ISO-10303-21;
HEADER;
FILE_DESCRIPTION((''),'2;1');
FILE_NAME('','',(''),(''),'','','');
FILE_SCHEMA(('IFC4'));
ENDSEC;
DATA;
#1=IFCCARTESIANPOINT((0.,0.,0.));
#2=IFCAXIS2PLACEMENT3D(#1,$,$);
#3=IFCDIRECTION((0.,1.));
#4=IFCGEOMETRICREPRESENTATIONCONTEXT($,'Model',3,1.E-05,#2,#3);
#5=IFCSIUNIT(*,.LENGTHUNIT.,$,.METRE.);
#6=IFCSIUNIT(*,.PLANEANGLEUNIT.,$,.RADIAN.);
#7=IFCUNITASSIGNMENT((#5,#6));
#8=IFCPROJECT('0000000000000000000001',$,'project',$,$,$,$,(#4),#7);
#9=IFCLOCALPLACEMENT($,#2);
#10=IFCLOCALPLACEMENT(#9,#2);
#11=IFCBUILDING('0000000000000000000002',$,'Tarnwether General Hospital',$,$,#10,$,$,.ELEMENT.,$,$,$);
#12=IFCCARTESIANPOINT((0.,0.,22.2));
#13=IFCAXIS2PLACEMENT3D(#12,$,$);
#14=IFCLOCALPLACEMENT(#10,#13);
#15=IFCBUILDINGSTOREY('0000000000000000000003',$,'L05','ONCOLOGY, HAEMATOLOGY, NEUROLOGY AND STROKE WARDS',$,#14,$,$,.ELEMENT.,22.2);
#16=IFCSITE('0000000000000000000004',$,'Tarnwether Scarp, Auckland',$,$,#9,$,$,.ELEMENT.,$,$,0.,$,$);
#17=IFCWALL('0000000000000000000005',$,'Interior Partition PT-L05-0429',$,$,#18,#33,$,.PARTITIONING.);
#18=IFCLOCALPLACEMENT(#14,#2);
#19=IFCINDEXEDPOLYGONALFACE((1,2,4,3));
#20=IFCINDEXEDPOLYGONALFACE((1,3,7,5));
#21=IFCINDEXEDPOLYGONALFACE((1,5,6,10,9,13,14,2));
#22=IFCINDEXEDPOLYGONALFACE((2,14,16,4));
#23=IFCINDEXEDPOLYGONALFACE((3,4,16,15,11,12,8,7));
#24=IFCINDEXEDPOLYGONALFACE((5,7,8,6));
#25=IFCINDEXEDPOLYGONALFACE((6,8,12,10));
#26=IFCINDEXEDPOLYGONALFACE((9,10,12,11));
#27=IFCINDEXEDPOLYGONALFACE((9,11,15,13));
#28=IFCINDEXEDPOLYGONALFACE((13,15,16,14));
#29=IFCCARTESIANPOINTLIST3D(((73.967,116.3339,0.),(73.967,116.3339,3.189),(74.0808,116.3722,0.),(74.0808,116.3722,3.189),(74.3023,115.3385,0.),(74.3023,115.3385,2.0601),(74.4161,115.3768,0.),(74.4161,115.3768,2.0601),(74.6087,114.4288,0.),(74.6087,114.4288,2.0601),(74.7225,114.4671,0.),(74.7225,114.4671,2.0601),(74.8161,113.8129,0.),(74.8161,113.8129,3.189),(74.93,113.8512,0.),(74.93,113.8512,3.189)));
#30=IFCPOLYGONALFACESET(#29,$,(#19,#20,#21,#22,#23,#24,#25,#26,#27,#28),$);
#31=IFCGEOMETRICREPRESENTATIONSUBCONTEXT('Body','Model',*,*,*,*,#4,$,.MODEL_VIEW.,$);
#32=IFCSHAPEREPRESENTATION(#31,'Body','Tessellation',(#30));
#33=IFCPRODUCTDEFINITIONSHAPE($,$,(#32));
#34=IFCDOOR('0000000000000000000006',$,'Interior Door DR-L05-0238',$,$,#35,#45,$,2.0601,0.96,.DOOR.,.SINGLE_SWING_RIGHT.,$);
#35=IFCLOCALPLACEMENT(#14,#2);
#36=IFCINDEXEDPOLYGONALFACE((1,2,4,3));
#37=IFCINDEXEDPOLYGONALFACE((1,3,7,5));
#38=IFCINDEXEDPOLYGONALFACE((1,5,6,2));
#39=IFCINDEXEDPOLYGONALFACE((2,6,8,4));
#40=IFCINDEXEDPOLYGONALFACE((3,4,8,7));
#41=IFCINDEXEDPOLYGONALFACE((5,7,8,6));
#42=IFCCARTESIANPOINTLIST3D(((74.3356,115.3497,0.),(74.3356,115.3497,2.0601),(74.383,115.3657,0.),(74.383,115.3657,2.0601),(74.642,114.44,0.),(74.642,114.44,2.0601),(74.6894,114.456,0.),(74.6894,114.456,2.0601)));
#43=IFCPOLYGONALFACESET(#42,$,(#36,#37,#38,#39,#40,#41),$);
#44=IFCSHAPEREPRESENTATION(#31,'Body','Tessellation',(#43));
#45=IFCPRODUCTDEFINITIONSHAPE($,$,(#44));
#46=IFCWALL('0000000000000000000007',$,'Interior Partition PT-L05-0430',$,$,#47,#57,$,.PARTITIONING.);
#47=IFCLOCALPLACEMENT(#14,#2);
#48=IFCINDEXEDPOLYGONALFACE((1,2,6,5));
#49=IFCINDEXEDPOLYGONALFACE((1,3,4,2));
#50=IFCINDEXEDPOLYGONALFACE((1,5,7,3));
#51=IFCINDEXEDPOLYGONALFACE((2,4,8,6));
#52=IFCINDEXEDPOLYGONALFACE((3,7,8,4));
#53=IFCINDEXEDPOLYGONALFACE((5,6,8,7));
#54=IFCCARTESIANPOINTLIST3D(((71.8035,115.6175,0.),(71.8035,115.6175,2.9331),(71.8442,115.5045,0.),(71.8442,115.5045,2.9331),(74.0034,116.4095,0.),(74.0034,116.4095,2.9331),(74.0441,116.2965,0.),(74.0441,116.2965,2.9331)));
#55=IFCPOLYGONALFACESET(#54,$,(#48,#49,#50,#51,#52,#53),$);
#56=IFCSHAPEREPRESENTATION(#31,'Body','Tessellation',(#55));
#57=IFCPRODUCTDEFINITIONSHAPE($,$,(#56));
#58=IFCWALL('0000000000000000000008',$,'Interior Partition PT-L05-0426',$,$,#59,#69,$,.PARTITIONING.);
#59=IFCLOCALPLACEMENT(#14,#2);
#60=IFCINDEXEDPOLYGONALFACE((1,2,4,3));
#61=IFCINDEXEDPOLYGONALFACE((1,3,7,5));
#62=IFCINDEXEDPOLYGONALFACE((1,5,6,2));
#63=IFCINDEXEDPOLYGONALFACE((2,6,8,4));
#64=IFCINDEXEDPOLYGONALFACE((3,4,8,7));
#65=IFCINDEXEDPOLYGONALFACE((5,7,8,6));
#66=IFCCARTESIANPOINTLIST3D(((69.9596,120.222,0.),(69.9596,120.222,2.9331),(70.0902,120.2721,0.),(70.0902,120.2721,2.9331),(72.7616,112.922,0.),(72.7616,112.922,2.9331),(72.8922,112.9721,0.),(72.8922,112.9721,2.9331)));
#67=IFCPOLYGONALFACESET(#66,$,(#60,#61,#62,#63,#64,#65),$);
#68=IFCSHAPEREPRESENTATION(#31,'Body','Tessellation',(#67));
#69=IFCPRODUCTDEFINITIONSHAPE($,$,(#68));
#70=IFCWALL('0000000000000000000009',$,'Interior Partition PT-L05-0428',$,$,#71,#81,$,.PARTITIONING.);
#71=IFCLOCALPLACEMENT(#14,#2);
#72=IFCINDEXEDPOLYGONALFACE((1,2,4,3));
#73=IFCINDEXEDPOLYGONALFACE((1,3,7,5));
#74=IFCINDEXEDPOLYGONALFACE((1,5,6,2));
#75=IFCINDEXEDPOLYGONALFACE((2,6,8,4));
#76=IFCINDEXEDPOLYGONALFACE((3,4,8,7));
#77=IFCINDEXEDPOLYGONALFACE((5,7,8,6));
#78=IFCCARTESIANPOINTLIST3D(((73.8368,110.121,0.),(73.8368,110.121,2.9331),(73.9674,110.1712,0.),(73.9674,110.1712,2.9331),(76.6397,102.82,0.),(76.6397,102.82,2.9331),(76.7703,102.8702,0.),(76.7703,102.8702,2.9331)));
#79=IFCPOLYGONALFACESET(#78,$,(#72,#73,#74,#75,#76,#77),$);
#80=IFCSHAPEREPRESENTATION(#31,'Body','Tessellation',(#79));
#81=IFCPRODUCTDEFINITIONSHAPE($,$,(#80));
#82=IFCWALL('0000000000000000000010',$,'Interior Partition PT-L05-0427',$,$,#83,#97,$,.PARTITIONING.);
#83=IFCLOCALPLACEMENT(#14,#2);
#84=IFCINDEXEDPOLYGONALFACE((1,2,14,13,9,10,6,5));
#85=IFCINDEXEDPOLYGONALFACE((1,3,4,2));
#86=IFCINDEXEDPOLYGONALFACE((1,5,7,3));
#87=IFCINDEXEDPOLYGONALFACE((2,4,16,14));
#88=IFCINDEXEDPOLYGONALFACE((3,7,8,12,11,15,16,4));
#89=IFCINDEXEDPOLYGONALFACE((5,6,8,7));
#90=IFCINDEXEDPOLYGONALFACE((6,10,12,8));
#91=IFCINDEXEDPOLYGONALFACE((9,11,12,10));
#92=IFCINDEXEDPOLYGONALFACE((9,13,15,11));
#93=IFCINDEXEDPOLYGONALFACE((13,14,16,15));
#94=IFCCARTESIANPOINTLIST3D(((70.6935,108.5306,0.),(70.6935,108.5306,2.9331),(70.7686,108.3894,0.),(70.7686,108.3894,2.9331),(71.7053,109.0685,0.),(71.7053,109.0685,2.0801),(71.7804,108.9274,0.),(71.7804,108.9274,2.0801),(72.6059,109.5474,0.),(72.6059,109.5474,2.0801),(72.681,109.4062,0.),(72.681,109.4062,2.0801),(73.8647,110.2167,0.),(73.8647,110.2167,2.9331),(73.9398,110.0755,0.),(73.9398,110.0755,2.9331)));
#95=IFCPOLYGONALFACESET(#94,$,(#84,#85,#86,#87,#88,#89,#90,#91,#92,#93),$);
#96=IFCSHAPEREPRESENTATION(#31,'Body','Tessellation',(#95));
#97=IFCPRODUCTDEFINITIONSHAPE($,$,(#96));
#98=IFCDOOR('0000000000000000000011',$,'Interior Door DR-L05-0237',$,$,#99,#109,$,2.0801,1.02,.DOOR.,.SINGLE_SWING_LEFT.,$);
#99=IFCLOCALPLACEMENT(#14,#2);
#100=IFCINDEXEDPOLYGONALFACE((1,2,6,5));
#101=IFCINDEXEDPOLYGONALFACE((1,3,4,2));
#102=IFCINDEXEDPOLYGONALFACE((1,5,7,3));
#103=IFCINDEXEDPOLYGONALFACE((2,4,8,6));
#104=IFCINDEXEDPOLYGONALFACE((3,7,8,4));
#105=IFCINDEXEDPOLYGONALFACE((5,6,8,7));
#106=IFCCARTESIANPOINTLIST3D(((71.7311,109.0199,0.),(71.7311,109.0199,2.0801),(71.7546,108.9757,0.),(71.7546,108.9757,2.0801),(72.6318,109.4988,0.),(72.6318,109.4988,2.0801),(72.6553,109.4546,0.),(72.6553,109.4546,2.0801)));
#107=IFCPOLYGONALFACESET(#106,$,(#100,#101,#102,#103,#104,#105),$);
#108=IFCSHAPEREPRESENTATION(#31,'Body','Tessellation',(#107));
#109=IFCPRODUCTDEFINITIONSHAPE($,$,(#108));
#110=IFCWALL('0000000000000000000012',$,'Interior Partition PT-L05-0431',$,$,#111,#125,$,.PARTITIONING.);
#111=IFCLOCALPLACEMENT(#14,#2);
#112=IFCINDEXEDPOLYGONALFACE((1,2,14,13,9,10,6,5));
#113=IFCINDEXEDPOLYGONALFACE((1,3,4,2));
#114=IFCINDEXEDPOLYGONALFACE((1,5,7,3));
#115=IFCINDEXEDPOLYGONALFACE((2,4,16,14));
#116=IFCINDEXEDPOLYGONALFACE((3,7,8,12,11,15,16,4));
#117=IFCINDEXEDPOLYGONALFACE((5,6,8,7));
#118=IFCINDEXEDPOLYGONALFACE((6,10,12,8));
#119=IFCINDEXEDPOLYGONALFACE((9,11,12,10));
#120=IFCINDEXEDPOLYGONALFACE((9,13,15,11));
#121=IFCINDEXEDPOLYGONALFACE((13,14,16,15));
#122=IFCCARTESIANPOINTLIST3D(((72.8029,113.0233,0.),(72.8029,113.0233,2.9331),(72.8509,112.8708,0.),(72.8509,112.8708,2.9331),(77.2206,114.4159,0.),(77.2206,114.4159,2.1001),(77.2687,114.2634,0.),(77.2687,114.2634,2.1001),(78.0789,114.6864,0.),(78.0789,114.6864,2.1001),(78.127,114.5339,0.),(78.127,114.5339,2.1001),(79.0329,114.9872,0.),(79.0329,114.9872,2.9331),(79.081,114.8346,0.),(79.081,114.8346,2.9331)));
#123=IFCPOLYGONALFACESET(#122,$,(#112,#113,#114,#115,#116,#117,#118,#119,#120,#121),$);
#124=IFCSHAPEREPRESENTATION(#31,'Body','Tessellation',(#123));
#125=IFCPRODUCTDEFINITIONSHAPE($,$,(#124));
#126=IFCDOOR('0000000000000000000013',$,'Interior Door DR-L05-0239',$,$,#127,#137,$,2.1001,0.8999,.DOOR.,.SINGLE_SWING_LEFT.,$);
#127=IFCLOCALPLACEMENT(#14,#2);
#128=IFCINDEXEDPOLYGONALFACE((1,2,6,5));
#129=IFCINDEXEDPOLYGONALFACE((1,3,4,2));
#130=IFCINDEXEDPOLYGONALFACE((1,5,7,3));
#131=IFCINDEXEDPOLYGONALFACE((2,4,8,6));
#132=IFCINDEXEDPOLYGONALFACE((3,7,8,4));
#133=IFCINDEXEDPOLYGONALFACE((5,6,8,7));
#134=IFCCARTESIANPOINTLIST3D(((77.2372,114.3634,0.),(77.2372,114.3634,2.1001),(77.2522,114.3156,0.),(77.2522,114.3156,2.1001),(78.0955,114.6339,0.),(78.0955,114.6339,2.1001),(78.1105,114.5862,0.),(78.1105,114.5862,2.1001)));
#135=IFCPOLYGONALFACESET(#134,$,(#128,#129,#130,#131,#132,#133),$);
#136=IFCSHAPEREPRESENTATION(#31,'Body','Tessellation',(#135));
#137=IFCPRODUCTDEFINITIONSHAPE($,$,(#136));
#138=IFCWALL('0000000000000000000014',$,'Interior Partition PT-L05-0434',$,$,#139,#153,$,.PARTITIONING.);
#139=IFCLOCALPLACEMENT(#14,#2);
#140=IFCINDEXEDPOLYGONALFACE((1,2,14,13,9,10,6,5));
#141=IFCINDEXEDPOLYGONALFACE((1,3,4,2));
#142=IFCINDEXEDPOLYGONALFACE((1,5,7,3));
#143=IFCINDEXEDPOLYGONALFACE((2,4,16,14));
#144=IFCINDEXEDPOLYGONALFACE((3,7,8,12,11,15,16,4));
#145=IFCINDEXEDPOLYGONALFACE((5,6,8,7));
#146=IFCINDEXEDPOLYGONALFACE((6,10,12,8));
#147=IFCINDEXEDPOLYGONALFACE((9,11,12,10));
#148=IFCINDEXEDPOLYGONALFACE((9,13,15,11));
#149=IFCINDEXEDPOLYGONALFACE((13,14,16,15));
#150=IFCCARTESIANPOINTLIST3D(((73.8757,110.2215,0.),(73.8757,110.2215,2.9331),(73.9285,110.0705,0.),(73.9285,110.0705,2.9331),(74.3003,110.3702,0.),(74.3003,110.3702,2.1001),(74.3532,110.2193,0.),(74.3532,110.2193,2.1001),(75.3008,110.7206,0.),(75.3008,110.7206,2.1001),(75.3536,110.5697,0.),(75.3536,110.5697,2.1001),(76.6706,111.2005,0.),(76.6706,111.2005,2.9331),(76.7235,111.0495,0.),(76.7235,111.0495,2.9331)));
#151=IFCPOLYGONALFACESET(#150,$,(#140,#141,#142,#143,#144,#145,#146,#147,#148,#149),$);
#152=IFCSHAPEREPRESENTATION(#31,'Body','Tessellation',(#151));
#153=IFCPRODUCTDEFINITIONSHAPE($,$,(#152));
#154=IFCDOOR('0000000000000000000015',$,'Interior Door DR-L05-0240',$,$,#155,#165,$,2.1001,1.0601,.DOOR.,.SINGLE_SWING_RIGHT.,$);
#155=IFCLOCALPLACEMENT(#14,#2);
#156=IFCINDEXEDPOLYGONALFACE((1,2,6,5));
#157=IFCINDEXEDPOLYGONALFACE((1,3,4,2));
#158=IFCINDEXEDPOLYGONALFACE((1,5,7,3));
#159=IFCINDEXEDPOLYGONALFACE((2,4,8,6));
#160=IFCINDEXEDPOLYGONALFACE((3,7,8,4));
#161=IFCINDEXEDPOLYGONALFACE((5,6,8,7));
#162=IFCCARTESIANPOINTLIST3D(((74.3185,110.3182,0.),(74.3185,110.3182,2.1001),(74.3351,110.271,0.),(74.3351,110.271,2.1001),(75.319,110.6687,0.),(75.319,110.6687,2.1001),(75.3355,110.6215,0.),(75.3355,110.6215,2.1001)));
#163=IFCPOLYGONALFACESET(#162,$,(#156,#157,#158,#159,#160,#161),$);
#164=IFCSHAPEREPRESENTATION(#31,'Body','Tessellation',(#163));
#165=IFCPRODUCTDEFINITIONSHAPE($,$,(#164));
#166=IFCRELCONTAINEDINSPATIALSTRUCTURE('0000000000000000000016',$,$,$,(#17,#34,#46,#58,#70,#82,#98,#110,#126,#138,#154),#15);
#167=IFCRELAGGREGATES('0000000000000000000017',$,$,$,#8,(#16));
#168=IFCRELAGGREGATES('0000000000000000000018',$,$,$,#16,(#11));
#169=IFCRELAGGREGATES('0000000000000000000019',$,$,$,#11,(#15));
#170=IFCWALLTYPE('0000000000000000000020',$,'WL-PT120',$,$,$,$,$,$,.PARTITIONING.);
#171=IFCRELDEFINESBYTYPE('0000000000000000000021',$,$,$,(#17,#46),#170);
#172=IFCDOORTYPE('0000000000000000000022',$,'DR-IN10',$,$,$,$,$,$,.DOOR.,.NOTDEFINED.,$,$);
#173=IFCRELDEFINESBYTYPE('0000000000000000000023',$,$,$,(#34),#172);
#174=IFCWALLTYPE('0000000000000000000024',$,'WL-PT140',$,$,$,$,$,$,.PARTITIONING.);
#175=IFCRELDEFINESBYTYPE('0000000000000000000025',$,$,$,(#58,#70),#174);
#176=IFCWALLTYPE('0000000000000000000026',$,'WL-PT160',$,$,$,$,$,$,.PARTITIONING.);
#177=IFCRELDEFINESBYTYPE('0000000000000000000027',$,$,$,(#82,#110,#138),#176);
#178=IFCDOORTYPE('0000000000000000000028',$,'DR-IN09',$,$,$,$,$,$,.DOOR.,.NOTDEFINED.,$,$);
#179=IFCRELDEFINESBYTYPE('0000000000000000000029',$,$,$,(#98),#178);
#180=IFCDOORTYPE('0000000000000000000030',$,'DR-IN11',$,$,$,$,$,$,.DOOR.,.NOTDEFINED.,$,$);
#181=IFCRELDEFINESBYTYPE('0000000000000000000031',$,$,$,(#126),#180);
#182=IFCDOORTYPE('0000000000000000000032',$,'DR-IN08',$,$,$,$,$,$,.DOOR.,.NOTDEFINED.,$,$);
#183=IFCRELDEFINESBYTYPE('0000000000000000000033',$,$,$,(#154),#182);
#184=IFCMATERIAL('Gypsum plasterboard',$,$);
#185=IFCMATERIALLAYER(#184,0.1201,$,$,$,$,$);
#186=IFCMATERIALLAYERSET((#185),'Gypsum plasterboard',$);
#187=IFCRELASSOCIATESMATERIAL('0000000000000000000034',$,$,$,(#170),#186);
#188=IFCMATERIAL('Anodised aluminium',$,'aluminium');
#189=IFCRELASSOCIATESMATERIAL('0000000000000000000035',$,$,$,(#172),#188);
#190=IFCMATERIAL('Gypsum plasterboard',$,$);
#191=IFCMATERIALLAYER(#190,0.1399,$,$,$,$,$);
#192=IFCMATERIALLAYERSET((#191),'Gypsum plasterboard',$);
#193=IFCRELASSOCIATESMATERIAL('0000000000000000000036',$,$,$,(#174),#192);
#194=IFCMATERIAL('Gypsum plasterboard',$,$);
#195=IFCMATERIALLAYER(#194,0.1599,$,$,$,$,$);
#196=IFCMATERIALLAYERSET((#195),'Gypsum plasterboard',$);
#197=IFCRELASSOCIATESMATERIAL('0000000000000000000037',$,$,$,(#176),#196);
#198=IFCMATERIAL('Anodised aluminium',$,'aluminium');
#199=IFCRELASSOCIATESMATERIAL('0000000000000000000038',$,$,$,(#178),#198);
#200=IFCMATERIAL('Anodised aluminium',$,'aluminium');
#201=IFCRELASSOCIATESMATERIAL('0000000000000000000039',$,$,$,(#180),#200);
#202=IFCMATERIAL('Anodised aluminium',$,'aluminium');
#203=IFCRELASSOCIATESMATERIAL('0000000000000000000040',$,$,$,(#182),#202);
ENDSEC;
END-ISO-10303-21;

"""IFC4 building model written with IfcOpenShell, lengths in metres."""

from ifc_helpers import new_model, si_unit, direction, frame, frame_2d, origin, place, context, subcontext, project, spatial, rectangle, extrude, material, layer, layer_set, type_object, element, fill, save


model = new_model("IFC4")

# Units and contexts
model_context = context("Model", 3, precision=1e-05, world=origin(), true_north=direction((0.0, 1.0)))
body_context = subcontext(model_context, "Body", "Model", "MODEL_VIEW")
ifc_project = project(units=[si_unit("LENGTHUNIT", "METRE"), si_unit("PLANEANGLEUNIT", "RADIAN")], contexts=[model_context])

# Site, building, storey
site_placement = place(None, origin())
site = spatial("IfcSite", under=ifc_project, at=site_placement, Name="Tarnwether Scarp, Auckland", CompositionType="ELEMENT", RefElevation=0.0)
building_placement = place(site_placement, origin())
building = spatial("IfcBuilding", under=site, at=building_placement, Name="Tarnwether General Hospital", CompositionType="ELEMENT")
storey_placement = place(building_placement, frame((0.0, 0.0, 22.2)))
storey = spatial("IfcBuildingStorey", under=building, at=storey_placement, Name="L05", Description="ONCOLOGY, HAEMATOLOGY, NEUROLOGY AND STROKE WARDS", CompositionType="ELEMENT", Elevation=22.2)

# Wall, opening, door
ifc_material_1 = material(Name="Gypsum plasterboard")
ifc_layer_1 = layer(ifc_material_1, 0.1201)
ifc_layer_set_1 = layer_set([ifc_layer_1], Name="Gypsum plasterboard")
wall_type_1 = type_object("IfcWallType", Name="WL-PT120", PredefinedType="PARTITIONING", material=ifc_layer_set_1)
wall_1_placement = place(storey_placement, frame((74.873, 113.832, 0.0), z_axis=(0.0, 0.0, 1.0), x_axis=(-0.3192, 0.947687, 0.0)))
wall_1 = element("IfcWall", 1, at=wall_1_placement, inside=storey, type_object=wall_type_1, Name="Interior Partition PT-L05-0429", PredefinedType="PARTITIONING", context=body_context, shape_type="SweptSolid", body=[
    extrude(rectangle(XDim=2.6602, YDim=0.1201, at=frame_2d((1.3301, 0.0))), origin(), (0.0, 0.0, 1.0), 3.189),
])
opening_1_placement = place(wall_1_placement, frame((0.6499, 0.0, 0.0)))
opening_1 = element("IfcOpeningElement", 2, at=opening_1_placement, cuts=wall_1, PredefinedType="OPENING", context=body_context, shape_type="SweptSolid", body=[
    extrude(rectangle(XDim=0.96, YDim=2.0601, at=frame_2d((0.48, 1.03))), frame((0.0, 0.0701, 0.0), z_axis=(0.0, -1.0, 0.0), x_axis=(1.0, 0.0, 0.0)), (0.0, 0.0, 1.0), 0.1401),
])
ifc_material_2 = material(Name="Anodised aluminium", Category="aluminium")
door_type_1 = type_object("IfcDoorType", Name="DR-IN10", OperationType="NOTDEFINED", PredefinedType="DOOR", material=ifc_material_2)
door_1_placement = place(opening_1_placement, origin())
door_1 = element("IfcDoor", 3, at=door_1_placement, inside=storey, type_object=door_type_1, Name="Interior Door DR-L05-0238", OperationType="SINGLE_SWING_RIGHT", OverallHeight=2.0601, OverallWidth=0.96, PredefinedType="DOOR", context=body_context, shape_type="SweptSolid", body=[
    extrude(rectangle(XDim=0.96, YDim=2.0601, at=frame_2d((0.48, 1.03))), frame((0.0, 0.0249, 0.0), z_axis=(0.0, -1.0, 0.0), x_axis=(1.0, 0.0, 0.0)), (0.0, 0.0, 1.0), 0.05),
])
fill(opening_1, door_1)

# Walls
wall_2_placement = place(storey_placement, frame((71.824, 115.561, 0.0), z_axis=(0.0, 0.0, 1.0), x_axis=(0.940886, 0.338723, 0.0)))
element("IfcWall", 4, at=wall_2_placement, inside=storey, type_object=wall_type_1, Name="Interior Partition PT-L05-0430", PredefinedType="PARTITIONING", context=body_context, shape_type="SweptSolid", body=[
    extrude(rectangle(XDim=2.3381, YDim=0.1201, at=frame_2d((1.1689, 0.0))), origin(), (0.0, 0.0, 1.0), 2.9331),
])
ifc_material_3 = material(Name="Gypsum plasterboard")
ifc_layer_2 = layer(ifc_material_3, 0.1399)
ifc_layer_set_2 = layer_set([ifc_layer_2], Name="Gypsum plasterboard")
wall_type_2 = type_object("IfcWallType", Name="WL-PT140", PredefinedType="PARTITIONING", material=ifc_layer_set_2)
wall_3_placement = place(storey_placement, frame((72.8269, 112.947, 0.0), z_axis=(0.0, 0.0, 1.0), x_axis=(-0.358343, 0.93359, 0.0)))
element("IfcWall", 5, at=wall_3_placement, inside=storey, type_object=wall_type_2, Name="Interior Partition PT-L05-0426", PredefinedType="PARTITIONING", context=body_context, shape_type="SweptSolid", body=[
    extrude(rectangle(XDim=7.8193, YDim=0.1399, at=frame_2d((3.9097, 0.0))), origin(), (0.0, 0.0, 1.0), 2.9331),
])
wall_4_placement = place(storey_placement, frame((73.9021, 110.146, 0.0), z_axis=(0.0, 0.0, 1.0), x_axis=(0.35841, -0.933564, 0.0)))
element("IfcWall", 6, at=wall_4_placement, inside=storey, type_object=wall_type_2, Name="Interior Partition PT-L05-0428", PredefinedType="PARTITIONING", context=body_context, shape_type="SweptSolid", body=[
    extrude(rectangle(XDim=7.8206, YDim=0.1399, at=frame_2d((3.9102, 0.0))), origin(), (0.0, 0.0, 1.0), 2.9331),
])

# Walls, openings, doors
ifc_material_4 = material(Name="Gypsum plasterboard")
ifc_layer_3 = layer(ifc_material_4, 0.1599)
ifc_layer_set_3 = layer_set([ifc_layer_3], Name="Gypsum plasterboard")
wall_type_3 = type_object("IfcWallType", Name="WL-PT160", PredefinedType="PARTITIONING", material=ifc_layer_set_3)
wall_5_placement = place(storey_placement, frame((70.731, 108.46, 0.0), z_axis=(0.0, 0.0, 1.0), x_axis=(0.882958, 0.469452, 0.0)))
wall_5 = element("IfcWall", 7, at=wall_5_placement, inside=storey, type_object=wall_type_3, Name="Interior Partition PT-L05-0427", PredefinedType="PARTITIONING", context=body_context, shape_type="SweptSolid", body=[
    extrude(rectangle(XDim=3.5916, YDim=0.1599, at=frame_2d((1.7959, 0.0))), origin(), (0.0, 0.0, 1.0), 2.9331),
])
opening_2_placement = place(wall_5_placement, frame((1.146, 0.0, 0.0)))
opening_2 = element("IfcOpeningElement", 8, at=opening_2_placement, cuts=wall_5, PredefinedType="OPENING", context=body_context, shape_type="SweptSolid", body=[
    extrude(rectangle(XDim=1.02, YDim=2.0801, at=frame_2d((0.51, 1.04))), frame((0.0, 0.0898, 0.0), z_axis=(0.0, -1.0, 0.0), x_axis=(1.0, 0.0, 0.0)), (0.0, 0.0, 1.0), 0.1799),
])
ifc_material_5 = material(Name="Anodised aluminium", Category="aluminium")
door_type_2 = type_object("IfcDoorType", Name="DR-IN09", OperationType="NOTDEFINED", PredefinedType="DOOR", material=ifc_material_5)
door_2_placement = place(opening_2_placement, origin())
door_2 = element("IfcDoor", 9, at=door_2_placement, inside=storey, type_object=door_type_2, Name="Interior Door DR-L05-0237", OperationType="SINGLE_SWING_LEFT", OverallHeight=2.0801, OverallWidth=1.02, PredefinedType="DOOR", context=body_context, shape_type="SweptSolid", body=[
    extrude(rectangle(XDim=1.02, YDim=2.0801, at=frame_2d((0.51, 1.04))), frame((0.0, 0.0249, 0.0), z_axis=(0.0, -1.0, 0.0), x_axis=(1.0, 0.0, 0.0)), (0.0, 0.0, 1.0), 0.05),
])
fill(opening_2, door_2)
wall_6_placement = place(storey_placement, frame((72.8269, 112.947, 0.0), z_axis=(0.0, 0.0, 1.0), x_axis=(0.953736, 0.300645, 0.0)))
wall_6 = element("IfcWall", 10, at=wall_6_placement, inside=storey, type_object=wall_type_3, Name="Interior Partition PT-L05-0431", PredefinedType="PARTITIONING", context=body_context, shape_type="SweptSolid", body=[
    extrude(rectangle(XDim=6.5322, YDim=0.1599, at=frame_2d((3.2661, 0.0))), origin(), (0.0, 0.0, 1.0), 2.9331),
])
opening_3_placement = place(wall_6_placement, frame((4.6321, 0.0, 0.0)))
opening_3 = element("IfcOpeningElement", 11, at=opening_3_placement, cuts=wall_6, PredefinedType="OPENING", context=body_context, shape_type="SweptSolid", body=[
    extrude(rectangle(XDim=0.8999, YDim=2.1001, at=frame_2d((0.45, 1.05))), frame((0.0, 0.0898, 0.0), z_axis=(0.0, -1.0, 0.0), x_axis=(1.0, 0.0, 0.0)), (0.0, 0.0, 1.0), 0.1799),
])
ifc_material_6 = material(Name="Anodised aluminium", Category="aluminium")
door_type_3 = type_object("IfcDoorType", Name="DR-IN11", OperationType="NOTDEFINED", PredefinedType="DOOR", material=ifc_material_6)
door_3_placement = place(opening_3_placement, origin())
door_3 = element("IfcDoor", 12, at=door_3_placement, inside=storey, type_object=door_type_3, Name="Interior Door DR-L05-0239", OperationType="SINGLE_SWING_LEFT", OverallHeight=2.1001, OverallWidth=0.8999, PredefinedType="DOOR", context=body_context, shape_type="SweptSolid", body=[
    extrude(rectangle(XDim=0.8999, YDim=2.1001, at=frame_2d((0.45, 1.05))), frame((0.0, 0.0249, 0.0), z_axis=(0.0, -1.0, 0.0), x_axis=(1.0, 0.0, 0.0)), (0.0, 0.0, 1.0), 0.05),
])
fill(opening_3, door_3)
wall_7_placement = place(storey_placement, frame((73.9021, 110.146, 0.0), z_axis=(0.0, 0.0, 1.0), x_axis=(0.943776, 0.330585, 0.0)))
wall_7 = element("IfcWall", 13, at=wall_7_placement, inside=storey, type_object=wall_type_3, Name="Interior Partition PT-L05-0434", PredefinedType="PARTITIONING", context=body_context, shape_type="SweptSolid", body=[
    extrude(rectangle(XDim=2.9614, YDim=0.1599, at=frame_2d((1.4807, 0.0))), origin(), (0.0, 0.0, 1.0), 2.9331),
])
opening_4_placement = place(wall_7_placement, frame((0.45, 0.0, 0.0)))
opening_4 = element("IfcOpeningElement", 14, at=opening_4_placement, cuts=wall_7, PredefinedType="OPENING", context=body_context, shape_type="SweptSolid", body=[
    extrude(rectangle(XDim=1.0601, YDim=2.1001, at=frame_2d((0.53, 1.05))), frame((0.0, 0.0898, 0.0), z_axis=(0.0, -1.0, 0.0), x_axis=(1.0, 0.0, 0.0)), (0.0, 0.0, 1.0), 0.1799),
])
ifc_material_7 = material(Name="Anodised aluminium", Category="aluminium")
door_type_4 = type_object("IfcDoorType", Name="DR-IN08", OperationType="NOTDEFINED", PredefinedType="DOOR", material=ifc_material_7)
door_4_placement = place(opening_4_placement, origin())
door_4 = element("IfcDoor", 15, at=door_4_placement, inside=storey, type_object=door_type_4, Name="Interior Door DR-L05-0240", OperationType="SINGLE_SWING_RIGHT", OverallHeight=2.1001, OverallWidth=1.0601, PredefinedType="DOOR", context=body_context, shape_type="SweptSolid", body=[
    extrude(rectangle(XDim=1.0601, YDim=2.1001, at=frame_2d((0.53, 1.05))), frame((0.0, 0.0249, 0.0), z_axis=(0.0, -1.0, 0.0), x_axis=(1.0, 0.0, 0.0)), (0.0, 0.0, 1.0), 0.05),
])
fill(opening_4, door_4)

save(model, "model.ifc")
